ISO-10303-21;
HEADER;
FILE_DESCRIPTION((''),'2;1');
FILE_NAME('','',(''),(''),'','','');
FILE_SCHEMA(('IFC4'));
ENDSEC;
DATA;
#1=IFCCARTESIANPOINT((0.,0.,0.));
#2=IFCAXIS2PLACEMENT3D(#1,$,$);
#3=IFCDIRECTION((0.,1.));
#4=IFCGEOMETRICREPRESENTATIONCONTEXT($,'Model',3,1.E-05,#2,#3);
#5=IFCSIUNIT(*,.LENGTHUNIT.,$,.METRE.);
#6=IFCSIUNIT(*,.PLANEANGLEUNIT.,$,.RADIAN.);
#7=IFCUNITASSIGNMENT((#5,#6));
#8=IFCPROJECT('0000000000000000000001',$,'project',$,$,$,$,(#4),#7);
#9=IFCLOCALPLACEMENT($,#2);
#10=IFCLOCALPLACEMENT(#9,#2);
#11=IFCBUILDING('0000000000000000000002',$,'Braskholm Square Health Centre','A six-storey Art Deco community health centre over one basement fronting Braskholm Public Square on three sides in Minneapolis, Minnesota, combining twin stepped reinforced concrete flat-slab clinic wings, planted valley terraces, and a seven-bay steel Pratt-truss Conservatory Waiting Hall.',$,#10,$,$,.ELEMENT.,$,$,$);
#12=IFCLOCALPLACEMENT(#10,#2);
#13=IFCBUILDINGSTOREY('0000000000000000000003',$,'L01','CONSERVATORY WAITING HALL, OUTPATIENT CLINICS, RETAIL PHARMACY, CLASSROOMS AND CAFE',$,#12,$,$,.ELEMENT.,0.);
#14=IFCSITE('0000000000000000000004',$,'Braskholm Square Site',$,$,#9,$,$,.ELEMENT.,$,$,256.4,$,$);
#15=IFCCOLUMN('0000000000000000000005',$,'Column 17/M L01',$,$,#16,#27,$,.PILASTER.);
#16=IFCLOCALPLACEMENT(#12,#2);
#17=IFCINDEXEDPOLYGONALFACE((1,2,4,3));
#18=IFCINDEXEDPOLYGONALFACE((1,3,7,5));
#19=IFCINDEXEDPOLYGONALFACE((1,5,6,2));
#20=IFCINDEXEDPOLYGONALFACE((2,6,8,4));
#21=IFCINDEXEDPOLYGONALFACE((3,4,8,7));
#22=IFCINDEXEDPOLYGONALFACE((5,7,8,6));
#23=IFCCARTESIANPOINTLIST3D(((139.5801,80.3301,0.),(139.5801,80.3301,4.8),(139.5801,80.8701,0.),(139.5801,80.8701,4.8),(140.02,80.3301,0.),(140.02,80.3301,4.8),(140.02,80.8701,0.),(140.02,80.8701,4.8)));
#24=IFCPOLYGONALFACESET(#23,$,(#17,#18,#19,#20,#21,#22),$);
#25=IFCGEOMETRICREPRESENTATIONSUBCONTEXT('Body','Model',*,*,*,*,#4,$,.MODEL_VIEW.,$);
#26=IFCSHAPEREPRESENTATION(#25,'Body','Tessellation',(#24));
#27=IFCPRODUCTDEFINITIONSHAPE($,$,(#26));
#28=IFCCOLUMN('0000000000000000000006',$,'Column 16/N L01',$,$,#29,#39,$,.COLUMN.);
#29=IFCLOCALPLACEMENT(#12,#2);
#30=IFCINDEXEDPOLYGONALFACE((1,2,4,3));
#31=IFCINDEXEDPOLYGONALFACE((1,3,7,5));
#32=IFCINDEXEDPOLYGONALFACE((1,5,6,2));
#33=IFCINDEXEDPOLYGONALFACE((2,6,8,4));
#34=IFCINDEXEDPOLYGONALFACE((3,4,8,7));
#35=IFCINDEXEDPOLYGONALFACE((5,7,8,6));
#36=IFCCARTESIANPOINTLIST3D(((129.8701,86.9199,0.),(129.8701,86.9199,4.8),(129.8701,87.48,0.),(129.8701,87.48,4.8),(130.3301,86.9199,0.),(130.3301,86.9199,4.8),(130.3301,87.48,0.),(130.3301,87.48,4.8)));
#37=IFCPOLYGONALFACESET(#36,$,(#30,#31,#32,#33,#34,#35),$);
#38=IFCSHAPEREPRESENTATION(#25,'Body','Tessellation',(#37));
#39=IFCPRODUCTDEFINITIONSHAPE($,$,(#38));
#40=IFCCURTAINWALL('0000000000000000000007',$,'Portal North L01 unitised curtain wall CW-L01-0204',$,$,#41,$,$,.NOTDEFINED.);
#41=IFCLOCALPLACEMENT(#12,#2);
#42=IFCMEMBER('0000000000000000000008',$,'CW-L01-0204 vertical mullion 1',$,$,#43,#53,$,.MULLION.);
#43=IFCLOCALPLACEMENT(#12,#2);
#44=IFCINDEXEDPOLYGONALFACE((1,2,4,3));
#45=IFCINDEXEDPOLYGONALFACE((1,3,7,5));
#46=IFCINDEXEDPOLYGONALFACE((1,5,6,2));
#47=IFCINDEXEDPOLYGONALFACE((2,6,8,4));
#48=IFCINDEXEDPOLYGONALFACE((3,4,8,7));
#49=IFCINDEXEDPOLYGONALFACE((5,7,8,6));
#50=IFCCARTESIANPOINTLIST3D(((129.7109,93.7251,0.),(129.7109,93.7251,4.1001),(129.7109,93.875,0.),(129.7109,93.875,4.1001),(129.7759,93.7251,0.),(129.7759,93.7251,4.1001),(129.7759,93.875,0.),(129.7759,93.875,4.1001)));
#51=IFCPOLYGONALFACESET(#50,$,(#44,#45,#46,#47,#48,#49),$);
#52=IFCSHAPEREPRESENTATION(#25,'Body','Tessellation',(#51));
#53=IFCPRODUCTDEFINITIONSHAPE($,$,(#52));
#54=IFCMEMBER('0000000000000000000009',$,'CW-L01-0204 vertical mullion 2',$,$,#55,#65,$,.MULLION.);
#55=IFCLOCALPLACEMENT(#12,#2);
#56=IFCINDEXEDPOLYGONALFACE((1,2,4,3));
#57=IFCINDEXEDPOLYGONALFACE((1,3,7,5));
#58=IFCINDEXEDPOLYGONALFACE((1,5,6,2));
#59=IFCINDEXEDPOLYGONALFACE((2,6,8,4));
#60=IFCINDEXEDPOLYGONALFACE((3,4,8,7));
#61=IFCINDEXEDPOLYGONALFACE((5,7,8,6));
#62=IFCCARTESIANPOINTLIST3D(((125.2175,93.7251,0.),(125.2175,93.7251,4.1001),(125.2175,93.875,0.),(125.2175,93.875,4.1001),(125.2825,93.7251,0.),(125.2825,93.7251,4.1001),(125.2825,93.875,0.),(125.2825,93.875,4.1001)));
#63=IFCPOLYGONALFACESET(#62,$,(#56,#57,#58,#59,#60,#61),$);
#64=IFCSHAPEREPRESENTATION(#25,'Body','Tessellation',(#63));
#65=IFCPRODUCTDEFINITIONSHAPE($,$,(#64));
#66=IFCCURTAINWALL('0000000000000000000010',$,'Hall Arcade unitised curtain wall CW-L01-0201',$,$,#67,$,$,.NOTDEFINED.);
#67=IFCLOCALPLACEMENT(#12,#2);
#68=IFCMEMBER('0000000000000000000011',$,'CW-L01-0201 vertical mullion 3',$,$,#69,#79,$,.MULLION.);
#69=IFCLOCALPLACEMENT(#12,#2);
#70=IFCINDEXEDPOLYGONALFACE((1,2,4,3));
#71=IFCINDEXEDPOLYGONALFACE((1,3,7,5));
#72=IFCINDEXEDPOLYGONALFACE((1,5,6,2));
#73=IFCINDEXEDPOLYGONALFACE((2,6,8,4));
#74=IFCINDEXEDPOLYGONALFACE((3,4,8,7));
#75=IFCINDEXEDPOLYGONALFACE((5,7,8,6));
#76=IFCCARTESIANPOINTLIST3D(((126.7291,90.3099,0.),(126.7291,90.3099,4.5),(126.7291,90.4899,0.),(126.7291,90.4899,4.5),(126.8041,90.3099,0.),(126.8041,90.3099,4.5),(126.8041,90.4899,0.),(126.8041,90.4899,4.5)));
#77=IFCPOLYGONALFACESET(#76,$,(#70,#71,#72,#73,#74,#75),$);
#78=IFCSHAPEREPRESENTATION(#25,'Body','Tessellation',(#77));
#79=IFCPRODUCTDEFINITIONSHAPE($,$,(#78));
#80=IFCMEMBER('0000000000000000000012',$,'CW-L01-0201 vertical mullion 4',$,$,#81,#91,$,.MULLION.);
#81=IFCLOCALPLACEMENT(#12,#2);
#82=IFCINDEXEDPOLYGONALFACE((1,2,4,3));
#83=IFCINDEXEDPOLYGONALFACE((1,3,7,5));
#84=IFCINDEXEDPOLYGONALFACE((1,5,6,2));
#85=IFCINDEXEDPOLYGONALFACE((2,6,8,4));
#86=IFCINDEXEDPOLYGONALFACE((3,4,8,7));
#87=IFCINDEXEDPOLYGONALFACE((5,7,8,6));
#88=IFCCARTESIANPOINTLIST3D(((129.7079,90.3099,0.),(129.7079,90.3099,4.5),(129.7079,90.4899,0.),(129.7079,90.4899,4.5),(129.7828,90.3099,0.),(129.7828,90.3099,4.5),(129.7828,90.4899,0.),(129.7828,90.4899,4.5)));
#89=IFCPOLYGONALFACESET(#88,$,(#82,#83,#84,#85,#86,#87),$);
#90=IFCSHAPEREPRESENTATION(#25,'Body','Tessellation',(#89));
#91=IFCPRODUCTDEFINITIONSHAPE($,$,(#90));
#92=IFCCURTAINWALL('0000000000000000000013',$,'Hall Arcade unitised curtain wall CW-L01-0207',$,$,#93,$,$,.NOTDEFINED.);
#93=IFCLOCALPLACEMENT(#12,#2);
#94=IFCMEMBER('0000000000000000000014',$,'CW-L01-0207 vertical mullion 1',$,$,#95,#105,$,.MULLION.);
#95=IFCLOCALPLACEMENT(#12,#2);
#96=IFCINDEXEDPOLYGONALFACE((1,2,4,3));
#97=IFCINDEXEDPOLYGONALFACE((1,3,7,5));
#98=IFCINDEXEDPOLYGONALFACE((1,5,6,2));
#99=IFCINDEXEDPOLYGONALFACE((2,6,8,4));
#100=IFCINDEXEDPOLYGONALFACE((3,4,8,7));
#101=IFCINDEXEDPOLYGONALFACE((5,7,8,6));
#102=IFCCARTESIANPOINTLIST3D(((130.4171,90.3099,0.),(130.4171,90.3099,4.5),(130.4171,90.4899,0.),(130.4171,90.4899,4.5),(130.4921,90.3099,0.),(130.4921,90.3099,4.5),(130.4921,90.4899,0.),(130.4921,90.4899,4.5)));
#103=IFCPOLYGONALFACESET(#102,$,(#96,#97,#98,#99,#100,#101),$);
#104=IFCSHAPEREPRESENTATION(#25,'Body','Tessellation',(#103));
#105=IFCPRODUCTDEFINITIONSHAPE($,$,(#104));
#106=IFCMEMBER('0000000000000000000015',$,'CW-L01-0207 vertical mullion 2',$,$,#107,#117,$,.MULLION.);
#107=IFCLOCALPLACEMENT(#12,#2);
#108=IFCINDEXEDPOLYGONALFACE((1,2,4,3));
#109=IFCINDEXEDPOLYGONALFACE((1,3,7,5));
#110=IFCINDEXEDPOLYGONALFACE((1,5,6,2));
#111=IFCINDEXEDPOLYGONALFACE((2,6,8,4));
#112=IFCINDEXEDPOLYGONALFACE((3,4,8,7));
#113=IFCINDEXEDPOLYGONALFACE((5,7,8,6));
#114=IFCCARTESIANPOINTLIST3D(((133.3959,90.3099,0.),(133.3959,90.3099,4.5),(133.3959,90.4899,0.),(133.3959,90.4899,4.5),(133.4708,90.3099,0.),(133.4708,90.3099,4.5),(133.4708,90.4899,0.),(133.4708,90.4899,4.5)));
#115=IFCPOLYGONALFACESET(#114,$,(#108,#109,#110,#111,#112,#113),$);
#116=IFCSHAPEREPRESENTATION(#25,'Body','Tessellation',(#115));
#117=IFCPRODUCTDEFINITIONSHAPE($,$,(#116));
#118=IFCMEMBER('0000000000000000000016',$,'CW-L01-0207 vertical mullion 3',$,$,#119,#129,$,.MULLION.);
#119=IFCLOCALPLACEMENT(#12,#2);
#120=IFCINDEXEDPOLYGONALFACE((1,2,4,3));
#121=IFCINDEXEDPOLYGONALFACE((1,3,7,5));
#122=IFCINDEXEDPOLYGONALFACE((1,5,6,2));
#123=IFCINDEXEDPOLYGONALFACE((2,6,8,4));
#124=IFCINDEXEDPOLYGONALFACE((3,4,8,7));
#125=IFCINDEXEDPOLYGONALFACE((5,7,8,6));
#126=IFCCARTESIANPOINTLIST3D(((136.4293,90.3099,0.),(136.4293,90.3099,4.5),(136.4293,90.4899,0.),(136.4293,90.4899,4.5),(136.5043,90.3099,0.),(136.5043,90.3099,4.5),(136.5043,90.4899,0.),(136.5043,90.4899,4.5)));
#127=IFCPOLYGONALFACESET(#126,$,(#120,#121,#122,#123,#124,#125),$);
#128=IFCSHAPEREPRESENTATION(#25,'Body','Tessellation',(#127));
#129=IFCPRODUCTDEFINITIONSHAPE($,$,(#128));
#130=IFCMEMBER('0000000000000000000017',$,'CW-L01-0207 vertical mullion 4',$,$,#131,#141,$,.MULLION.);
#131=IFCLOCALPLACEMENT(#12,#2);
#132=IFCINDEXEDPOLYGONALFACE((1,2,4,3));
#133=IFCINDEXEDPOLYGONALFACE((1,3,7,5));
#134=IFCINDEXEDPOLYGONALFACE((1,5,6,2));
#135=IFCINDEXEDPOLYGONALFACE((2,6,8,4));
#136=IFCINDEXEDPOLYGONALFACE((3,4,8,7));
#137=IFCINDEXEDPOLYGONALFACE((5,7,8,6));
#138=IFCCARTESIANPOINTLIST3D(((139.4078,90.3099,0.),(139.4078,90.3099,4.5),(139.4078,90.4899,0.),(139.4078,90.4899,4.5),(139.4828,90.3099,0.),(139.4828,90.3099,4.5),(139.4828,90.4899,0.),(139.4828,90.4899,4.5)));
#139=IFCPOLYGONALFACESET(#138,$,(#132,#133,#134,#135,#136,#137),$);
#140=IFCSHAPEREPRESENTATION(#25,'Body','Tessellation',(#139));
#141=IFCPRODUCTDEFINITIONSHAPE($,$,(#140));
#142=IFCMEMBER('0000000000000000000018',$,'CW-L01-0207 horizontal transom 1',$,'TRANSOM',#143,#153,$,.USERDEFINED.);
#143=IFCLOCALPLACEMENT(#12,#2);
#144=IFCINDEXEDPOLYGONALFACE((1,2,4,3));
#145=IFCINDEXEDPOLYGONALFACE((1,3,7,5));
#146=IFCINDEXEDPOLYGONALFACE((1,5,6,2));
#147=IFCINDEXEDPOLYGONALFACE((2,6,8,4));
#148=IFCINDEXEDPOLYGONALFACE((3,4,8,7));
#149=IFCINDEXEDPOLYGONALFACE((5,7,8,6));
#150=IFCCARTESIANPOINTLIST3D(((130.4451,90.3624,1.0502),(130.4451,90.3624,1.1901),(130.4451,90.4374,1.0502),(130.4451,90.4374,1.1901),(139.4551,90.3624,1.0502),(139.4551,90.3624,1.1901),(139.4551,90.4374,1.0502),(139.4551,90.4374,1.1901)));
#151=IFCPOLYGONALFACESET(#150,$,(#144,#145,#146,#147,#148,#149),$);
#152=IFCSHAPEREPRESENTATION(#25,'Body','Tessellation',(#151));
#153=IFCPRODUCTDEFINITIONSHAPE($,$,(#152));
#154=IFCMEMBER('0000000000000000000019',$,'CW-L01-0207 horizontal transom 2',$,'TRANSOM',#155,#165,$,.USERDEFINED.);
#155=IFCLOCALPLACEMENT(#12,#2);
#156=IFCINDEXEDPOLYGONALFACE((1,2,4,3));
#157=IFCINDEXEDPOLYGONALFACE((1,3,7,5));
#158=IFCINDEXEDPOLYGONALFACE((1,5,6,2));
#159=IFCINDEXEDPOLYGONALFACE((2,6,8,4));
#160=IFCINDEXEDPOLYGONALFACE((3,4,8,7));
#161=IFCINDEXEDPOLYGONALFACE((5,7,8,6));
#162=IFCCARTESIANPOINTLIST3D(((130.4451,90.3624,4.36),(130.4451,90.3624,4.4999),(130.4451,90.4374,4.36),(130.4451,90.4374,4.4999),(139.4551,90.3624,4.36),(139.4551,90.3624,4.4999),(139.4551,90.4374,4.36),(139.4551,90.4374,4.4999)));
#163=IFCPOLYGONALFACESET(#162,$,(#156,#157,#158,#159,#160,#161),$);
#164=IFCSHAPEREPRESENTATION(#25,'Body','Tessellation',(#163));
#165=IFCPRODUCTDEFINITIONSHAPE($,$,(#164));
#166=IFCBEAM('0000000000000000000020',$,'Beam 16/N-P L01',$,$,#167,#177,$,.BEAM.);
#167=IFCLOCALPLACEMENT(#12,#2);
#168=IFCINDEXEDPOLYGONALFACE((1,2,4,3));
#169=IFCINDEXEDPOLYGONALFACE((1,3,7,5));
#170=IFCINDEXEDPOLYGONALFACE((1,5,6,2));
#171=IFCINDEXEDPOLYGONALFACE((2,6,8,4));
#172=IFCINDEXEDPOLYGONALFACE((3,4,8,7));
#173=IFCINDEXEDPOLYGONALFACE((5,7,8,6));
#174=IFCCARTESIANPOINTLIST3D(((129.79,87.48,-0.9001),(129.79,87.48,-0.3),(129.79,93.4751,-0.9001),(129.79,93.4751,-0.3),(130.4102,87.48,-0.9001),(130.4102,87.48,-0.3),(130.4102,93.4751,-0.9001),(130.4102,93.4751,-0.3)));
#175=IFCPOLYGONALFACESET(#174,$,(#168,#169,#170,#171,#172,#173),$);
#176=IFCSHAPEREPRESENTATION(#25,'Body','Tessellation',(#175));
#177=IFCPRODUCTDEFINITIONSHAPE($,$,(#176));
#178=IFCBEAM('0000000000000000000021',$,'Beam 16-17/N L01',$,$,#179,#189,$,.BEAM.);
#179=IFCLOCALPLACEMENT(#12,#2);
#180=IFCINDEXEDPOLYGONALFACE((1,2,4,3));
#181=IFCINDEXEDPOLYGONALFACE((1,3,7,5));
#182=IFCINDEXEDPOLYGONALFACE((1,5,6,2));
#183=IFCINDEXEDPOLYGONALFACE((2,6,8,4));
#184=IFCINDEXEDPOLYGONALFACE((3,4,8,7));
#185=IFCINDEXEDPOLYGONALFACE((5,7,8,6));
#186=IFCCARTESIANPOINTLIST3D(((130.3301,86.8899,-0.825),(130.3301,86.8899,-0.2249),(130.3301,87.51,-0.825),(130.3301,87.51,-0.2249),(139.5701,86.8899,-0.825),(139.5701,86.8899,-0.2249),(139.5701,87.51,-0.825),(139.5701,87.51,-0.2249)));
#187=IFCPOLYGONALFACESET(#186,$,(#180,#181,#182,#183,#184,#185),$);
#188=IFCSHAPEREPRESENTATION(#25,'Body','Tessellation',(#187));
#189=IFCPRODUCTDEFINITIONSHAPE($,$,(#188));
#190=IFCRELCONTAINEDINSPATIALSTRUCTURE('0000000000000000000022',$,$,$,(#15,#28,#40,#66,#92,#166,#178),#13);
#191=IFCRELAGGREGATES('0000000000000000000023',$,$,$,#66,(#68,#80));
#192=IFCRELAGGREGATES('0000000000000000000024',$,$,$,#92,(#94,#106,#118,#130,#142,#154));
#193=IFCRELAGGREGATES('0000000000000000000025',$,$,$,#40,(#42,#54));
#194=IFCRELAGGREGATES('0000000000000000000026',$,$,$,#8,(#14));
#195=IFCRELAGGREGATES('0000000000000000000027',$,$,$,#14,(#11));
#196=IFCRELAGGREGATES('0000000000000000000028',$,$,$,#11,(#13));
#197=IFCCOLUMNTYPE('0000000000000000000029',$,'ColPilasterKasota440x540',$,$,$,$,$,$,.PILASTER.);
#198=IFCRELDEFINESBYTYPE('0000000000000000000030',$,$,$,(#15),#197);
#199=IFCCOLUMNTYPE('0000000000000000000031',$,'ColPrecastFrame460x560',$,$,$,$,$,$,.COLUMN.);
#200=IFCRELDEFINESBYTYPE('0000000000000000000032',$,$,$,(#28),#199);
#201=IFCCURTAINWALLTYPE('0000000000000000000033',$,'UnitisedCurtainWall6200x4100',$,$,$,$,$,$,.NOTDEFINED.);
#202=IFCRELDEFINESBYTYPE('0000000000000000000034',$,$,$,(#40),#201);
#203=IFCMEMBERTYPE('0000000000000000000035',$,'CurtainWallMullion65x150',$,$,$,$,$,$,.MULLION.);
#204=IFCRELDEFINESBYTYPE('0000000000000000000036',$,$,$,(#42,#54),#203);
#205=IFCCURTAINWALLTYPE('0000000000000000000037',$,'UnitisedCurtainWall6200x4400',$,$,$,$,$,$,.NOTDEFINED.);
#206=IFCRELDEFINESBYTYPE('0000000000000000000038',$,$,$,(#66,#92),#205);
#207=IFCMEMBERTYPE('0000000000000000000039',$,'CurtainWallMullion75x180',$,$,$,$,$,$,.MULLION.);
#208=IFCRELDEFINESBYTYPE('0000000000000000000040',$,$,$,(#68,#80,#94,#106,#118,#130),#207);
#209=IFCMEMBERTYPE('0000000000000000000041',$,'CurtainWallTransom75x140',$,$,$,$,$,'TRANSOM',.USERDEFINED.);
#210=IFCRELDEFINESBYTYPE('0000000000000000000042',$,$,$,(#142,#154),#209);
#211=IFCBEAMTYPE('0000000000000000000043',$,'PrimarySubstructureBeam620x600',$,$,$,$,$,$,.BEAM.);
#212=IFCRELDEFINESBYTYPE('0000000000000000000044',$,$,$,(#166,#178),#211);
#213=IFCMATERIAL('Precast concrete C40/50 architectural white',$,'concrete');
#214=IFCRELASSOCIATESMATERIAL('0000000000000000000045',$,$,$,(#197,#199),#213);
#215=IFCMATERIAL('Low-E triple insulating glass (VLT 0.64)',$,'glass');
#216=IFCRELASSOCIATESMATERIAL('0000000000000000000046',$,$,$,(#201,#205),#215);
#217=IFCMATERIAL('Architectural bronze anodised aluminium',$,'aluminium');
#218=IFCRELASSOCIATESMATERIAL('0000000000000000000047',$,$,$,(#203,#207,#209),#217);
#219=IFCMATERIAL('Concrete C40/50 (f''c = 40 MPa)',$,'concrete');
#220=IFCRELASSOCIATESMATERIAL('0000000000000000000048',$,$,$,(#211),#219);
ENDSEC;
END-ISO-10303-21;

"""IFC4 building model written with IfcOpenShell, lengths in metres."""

from ifc_helpers import new_model, si_unit, direction, frame, origin, origin_2d, place, context, subcontext, project, spatial, rectangle, extrude, material, material_profile, profile_set, type_object, element, aggregate, save


model = new_model("IFC4")

# Units and contexts
model_context = context("Model", 3, precision=1e-05, world=origin(), true_north=direction((0.0, 1.0)))
body_context = subcontext(model_context, "Body", "Model", "MODEL_VIEW")
ifc_project = project(units=[si_unit("LENGTHUNIT", "METRE"), si_unit("PLANEANGLEUNIT", "RADIAN")], contexts=[model_context])

# Site, building, storey
site_placement = place(None, origin())
site = spatial("IfcSite", under=ifc_project, at=site_placement, Name="Braskholm Square Site", CompositionType="ELEMENT", RefElevation=256.4)
building_placement = place(site_placement, origin())
building = spatial("IfcBuilding", under=site, at=building_placement, Name="Braskholm Square Health Centre", Description="A six-storey Art Deco community health centre over one basement fronting Braskholm Public Square on three sides in Minneapolis, Minnesota, combining twin stepped reinforced concrete flat-slab clinic wings, planted valley terraces, and a seven-bay steel Pratt-truss Conservatory Waiting Hall.", CompositionType="ELEMENT")
storey_placement = place(building_placement, origin())
storey = spatial("IfcBuildingStorey", under=building, at=storey_placement, Name="L01", Description="CONSERVATORY WAITING HALL, OUTPATIENT CLINICS, RETAIL PHARMACY, CLASSROOMS AND CAFE", CompositionType="ELEMENT", Elevation=0.0)

# Columns
ifc_material_1 = material(Name="Precast concrete C40/50 architectural white", Category="concrete")
ifc_material_profile_1 = material_profile(ifc_material_1, rectangle(XDim=0.4399, YDim=0.54, at=origin_2d()), Name="RC-440X540")
ifc_profile_set_1 = profile_set([ifc_material_profile_1], Name="Precast concrete C40/50 architectural white")
column_type_1 = type_object("IfcColumnType", Name="ColPilasterKasota440x540", PredefinedType="PILASTER", material=ifc_profile_set_1)
column_1_placement = place(storey_placement, frame((139.8, 80.6001, 0.0), z_axis=(0.0, 0.0, 1.0), x_axis=(1.0, 0.0, 0.0)))
element("IfcColumn", 1, at=column_1_placement, inside=storey, type_object=column_type_1, Name="Column 17/M L01", PredefinedType="PILASTER", context=body_context, shape_type="SweptSolid", body=[
    extrude(rectangle(XDim=0.4399, YDim=0.54, at=origin_2d()), origin(), (0.0, 0.0, 1.0), 4.8),
])
ifc_material_profile_2 = material_profile(ifc_material_1, rectangle(XDim=0.46, YDim=0.5601, at=origin_2d()), Name="RC-460X560")
ifc_profile_set_2 = profile_set([ifc_material_profile_2], Name="Precast concrete C40/50 architectural white")
column_type_2 = type_object("IfcColumnType", Name="ColPrecastFrame460x560", PredefinedType="COLUMN", material=ifc_profile_set_2)
column_2_placement = place(storey_placement, frame((130.1001, 87.2, 0.0), z_axis=(0.0, 0.0, 1.0), x_axis=(1.0, 0.0, 0.0)))
element("IfcColumn", 2, at=column_2_placement, inside=storey, type_object=column_type_2, Name="Column 16/N L01", PredefinedType="COLUMN", context=body_context, shape_type="SweptSolid", body=[
    extrude(rectangle(XDim=0.46, YDim=0.5601, at=origin_2d()), origin(), (0.0, 0.0, 1.0), 4.8),
])

# Curtain walls, members
ifc_material_2 = material(Name="Low-E triple insulating glass (VLT 0.64)", Category="glass")
curtain_wall_type_1 = type_object("IfcCurtainWallType", Name="UnitisedCurtainWall6200x4100", PredefinedType="NOTDEFINED", material=ifc_material_2)
curtain_wall_1_placement = place(storey_placement, origin())
curtain_wall_1 = element("IfcCurtainWall", 3, at=curtain_wall_1_placement, inside=storey, type_object=curtain_wall_type_1, Name="Portal North L01 unitised curtain wall CW-L01-0204", PredefinedType="NOTDEFINED")
ifc_material_3 = material(Name="Architectural bronze anodised aluminium", Category="aluminium")
ifc_material_profile_3 = material_profile(ifc_material_3, rectangle(XDim=0.0649, YDim=0.1499, at=origin_2d()), Name="ALU-65X150")
ifc_profile_set_3 = profile_set([ifc_material_profile_3], Name="Architectural bronze anodised aluminium")
member_type_1 = type_object("IfcMemberType", Name="CurtainWallMullion65x150", PredefinedType="MULLION", material=ifc_profile_set_3)
member_1_placement = place(storey_placement, frame((129.7434, 93.8, 0.0), z_axis=(0.0, 0.0, 1.0), x_axis=(1.0, 0.0, 0.0)))
member_1 = element("IfcMember", 4, at=member_1_placement, type_object=member_type_1, Name="CW-L01-0204 vertical mullion 1", PredefinedType="MULLION", context=body_context, shape_type="SweptSolid", body=[
    extrude(rectangle(XDim=0.0649, YDim=0.1499, at=origin_2d()), origin(), (0.0, 0.0, 1.0), 4.1001),
])
member_2_placement = place(storey_placement, frame((125.25, 93.8, 0.0), z_axis=(0.0, 0.0, 1.0), x_axis=(1.0, 0.0, 0.0)))
member_2 = element("IfcMember", 5, at=member_2_placement, type_object=member_type_1, Name="CW-L01-0204 vertical mullion 2", PredefinedType="MULLION", context=body_context, shape_type="SweptSolid", body=[
    extrude(rectangle(XDim=0.0649, YDim=0.1499, at=origin_2d()), origin(), (0.0, 0.0, 1.0), 4.1001),
])
curtain_wall_type_2 = type_object("IfcCurtainWallType", Name="UnitisedCurtainWall6200x4400", PredefinedType="NOTDEFINED", material=ifc_material_2)
curtain_wall_2_placement = place(storey_placement, origin())
curtain_wall_2 = element("IfcCurtainWall", 6, at=curtain_wall_2_placement, inside=storey, type_object=curtain_wall_type_2, Name="Hall Arcade unitised curtain wall CW-L01-0201", PredefinedType="NOTDEFINED")
ifc_material_profile_4 = material_profile(ifc_material_3, rectangle(XDim=0.075, YDim=0.1799, at=origin_2d()), Name="ALU-75X180")
ifc_profile_set_4 = profile_set([ifc_material_profile_4], Name="Architectural bronze anodised aluminium")
member_type_2 = type_object("IfcMemberType", Name="CurtainWallMullion75x180", PredefinedType="MULLION", material=ifc_profile_set_4)
member_3_placement = place(storey_placement, frame((126.7666, 90.3999, 0.0), z_axis=(0.0, 0.0, 1.0), x_axis=(1.0, 0.0, 0.0)))
member_3 = element("IfcMember", 7, at=member_3_placement, type_object=member_type_2, Name="CW-L01-0201 vertical mullion 3", PredefinedType="MULLION", context=body_context, shape_type="SweptSolid", body=[
    extrude(rectangle(XDim=0.075, YDim=0.1799, at=origin_2d()), origin(), (0.0, 0.0, 1.0), 4.5),
])
member_4_placement = place(storey_placement, frame((129.7454, 90.3999, 0.0), z_axis=(0.0, 0.0, 1.0), x_axis=(1.0, 0.0, 0.0)))
member_4 = element("IfcMember", 8, at=member_4_placement, type_object=member_type_2, Name="CW-L01-0201 vertical mullion 4", PredefinedType="MULLION", context=body_context, shape_type="SweptSolid", body=[
    extrude(rectangle(XDim=0.075, YDim=0.1799, at=origin_2d()), origin(), (0.0, 0.0, 1.0), 4.5),
])
curtain_wall_3_placement = place(storey_placement, origin())
curtain_wall_3 = element("IfcCurtainWall", 9, at=curtain_wall_3_placement, inside=storey, type_object=curtain_wall_type_2, Name="Hall Arcade unitised curtain wall CW-L01-0207", PredefinedType="NOTDEFINED")
member_5_placement = place(storey_placement, frame((130.4546, 90.3999, 0.0), z_axis=(0.0, 0.0, 1.0), x_axis=(1.0, 0.0, 0.0)))
member_5 = element("IfcMember", 10, at=member_5_placement, type_object=member_type_2, Name="CW-L01-0207 vertical mullion 1", PredefinedType="MULLION", context=body_context, shape_type="SweptSolid", body=[
    extrude(rectangle(XDim=0.075, YDim=0.1799, at=origin_2d()), origin(), (0.0, 0.0, 1.0), 4.5),
])
member_6_placement = place(storey_placement, frame((133.4333, 90.3999, 0.0), z_axis=(0.0, 0.0, 1.0), x_axis=(1.0, 0.0, 0.0)))
member_6 = element("IfcMember", 11, at=member_6_placement, type_object=member_type_2, Name="CW-L01-0207 vertical mullion 2", PredefinedType="MULLION", context=body_context, shape_type="SweptSolid", body=[
    extrude(rectangle(XDim=0.075, YDim=0.1799, at=origin_2d()), origin(), (0.0, 0.0, 1.0), 4.5),
])
member_7_placement = place(storey_placement, frame((136.4668, 90.3999, 0.0), z_axis=(0.0, 0.0, 1.0), x_axis=(1.0, 0.0, 0.0)))
member_7 = element("IfcMember", 12, at=member_7_placement, type_object=member_type_2, Name="CW-L01-0207 vertical mullion 3", PredefinedType="MULLION", context=body_context, shape_type="SweptSolid", body=[
    extrude(rectangle(XDim=0.075, YDim=0.1799, at=origin_2d()), origin(), (0.0, 0.0, 1.0), 4.5),
])
member_8_placement = place(storey_placement, frame((139.4453, 90.3999, 0.0), z_axis=(0.0, 0.0, 1.0), x_axis=(1.0, 0.0, 0.0)))
member_8 = element("IfcMember", 13, at=member_8_placement, type_object=member_type_2, Name="CW-L01-0207 vertical mullion 4", PredefinedType="MULLION", context=body_context, shape_type="SweptSolid", body=[
    extrude(rectangle(XDim=0.075, YDim=0.1799, at=origin_2d()), origin(), (0.0, 0.0, 1.0), 4.5),
])
ifc_material_profile_5 = material_profile(ifc_material_3, rectangle(XDim=0.075, YDim=0.1399, at=origin_2d()), Name="ALU-75X140")
ifc_profile_set_5 = profile_set([ifc_material_profile_5], Name="Architectural bronze anodised aluminium")
member_type_3 = type_object("IfcMemberType", Name="CurtainWallTransom75x140", ElementType="TRANSOM", PredefinedType="USERDEFINED", material=ifc_profile_set_5)
member_9_placement = place(storey_placement, frame((130.4451, 90.3999, 1.1201), z_axis=(1.0, 0.0, 0.0), x_axis=(0.0, 1.0, 0.0)))
member_9 = element("IfcMember", 14, at=member_9_placement, type_object=member_type_3, Name="CW-L01-0207 horizontal transom 1", ObjectType="TRANSOM", PredefinedType="USERDEFINED", context=body_context, shape_type="SweptSolid", body=[
    extrude(rectangle(XDim=0.075, YDim=0.1399, at=origin_2d()), origin(), (0.0, 0.0, 1.0), 9.01),
])
member_10_placement = place(storey_placement, frame((130.4451, 90.3999, 4.4299), z_axis=(1.0, 0.0, 0.0), x_axis=(0.0, 1.0, 0.0)))
member_10 = element("IfcMember", 15, at=member_10_placement, type_object=member_type_3, Name="CW-L01-0207 horizontal transom 2", ObjectType="TRANSOM", PredefinedType="USERDEFINED", context=body_context, shape_type="SweptSolid", body=[
    extrude(rectangle(XDim=0.075, YDim=0.1399, at=origin_2d()), origin(), (0.0, 0.0, 1.0), 9.01),
])

# Beams
ifc_material_4 = material(Name="Concrete C40/50 (f'c = 40 MPa)", Category="concrete")
ifc_material_profile_6 = material_profile(ifc_material_4, rectangle(XDim=0.6201, YDim=0.6001, at=origin_2d()), Name="RCB-620X600")
ifc_profile_set_6 = profile_set([ifc_material_profile_6], Name="Concrete C40/50 (f'c = 40 MPa)")
beam_type_1 = type_object("IfcBeamType", Name="PrimarySubstructureBeam620x600", PredefinedType="BEAM", material=ifc_profile_set_6)
beam_1_placement = place(storey_placement, frame((130.1001, 87.48, -0.6001), z_axis=(0.0, 1.0, 0.0), x_axis=(-1.0, 0.0, 0.0)))
element("IfcBeam", 16, at=beam_1_placement, inside=storey, type_object=beam_type_1, Name="Beam 16/N-P L01", PredefinedType="BEAM", context=body_context, shape_type="SweptSolid", body=[
    extrude(rectangle(XDim=0.6201, YDim=0.6001, at=origin_2d()), origin(), (0.0, 0.0, 1.0), 5.9951),
])
beam_2_placement = place(storey_placement, frame((130.3301, 87.2, -0.5249), z_axis=(1.0, 0.0, 0.0), x_axis=(0.0, 1.0, 0.0)))
element("IfcBeam", 17, at=beam_2_placement, inside=storey, type_object=beam_type_1, Name="Beam 16-17/N L01", PredefinedType="BEAM", context=body_context, shape_type="SweptSolid", body=[
    extrude(rectangle(XDim=0.6201, YDim=0.6001, at=origin_2d()), origin(), (0.0, 0.0, 1.0), 9.24),
])

aggregate(curtain_wall_2, [member_3, member_4])
aggregate(curtain_wall_3, [member_5, member_6, member_7, member_8, member_9, member_10])
aggregate(curtain_wall_1, [member_1, member_2])

save(model, "model.ifc")
